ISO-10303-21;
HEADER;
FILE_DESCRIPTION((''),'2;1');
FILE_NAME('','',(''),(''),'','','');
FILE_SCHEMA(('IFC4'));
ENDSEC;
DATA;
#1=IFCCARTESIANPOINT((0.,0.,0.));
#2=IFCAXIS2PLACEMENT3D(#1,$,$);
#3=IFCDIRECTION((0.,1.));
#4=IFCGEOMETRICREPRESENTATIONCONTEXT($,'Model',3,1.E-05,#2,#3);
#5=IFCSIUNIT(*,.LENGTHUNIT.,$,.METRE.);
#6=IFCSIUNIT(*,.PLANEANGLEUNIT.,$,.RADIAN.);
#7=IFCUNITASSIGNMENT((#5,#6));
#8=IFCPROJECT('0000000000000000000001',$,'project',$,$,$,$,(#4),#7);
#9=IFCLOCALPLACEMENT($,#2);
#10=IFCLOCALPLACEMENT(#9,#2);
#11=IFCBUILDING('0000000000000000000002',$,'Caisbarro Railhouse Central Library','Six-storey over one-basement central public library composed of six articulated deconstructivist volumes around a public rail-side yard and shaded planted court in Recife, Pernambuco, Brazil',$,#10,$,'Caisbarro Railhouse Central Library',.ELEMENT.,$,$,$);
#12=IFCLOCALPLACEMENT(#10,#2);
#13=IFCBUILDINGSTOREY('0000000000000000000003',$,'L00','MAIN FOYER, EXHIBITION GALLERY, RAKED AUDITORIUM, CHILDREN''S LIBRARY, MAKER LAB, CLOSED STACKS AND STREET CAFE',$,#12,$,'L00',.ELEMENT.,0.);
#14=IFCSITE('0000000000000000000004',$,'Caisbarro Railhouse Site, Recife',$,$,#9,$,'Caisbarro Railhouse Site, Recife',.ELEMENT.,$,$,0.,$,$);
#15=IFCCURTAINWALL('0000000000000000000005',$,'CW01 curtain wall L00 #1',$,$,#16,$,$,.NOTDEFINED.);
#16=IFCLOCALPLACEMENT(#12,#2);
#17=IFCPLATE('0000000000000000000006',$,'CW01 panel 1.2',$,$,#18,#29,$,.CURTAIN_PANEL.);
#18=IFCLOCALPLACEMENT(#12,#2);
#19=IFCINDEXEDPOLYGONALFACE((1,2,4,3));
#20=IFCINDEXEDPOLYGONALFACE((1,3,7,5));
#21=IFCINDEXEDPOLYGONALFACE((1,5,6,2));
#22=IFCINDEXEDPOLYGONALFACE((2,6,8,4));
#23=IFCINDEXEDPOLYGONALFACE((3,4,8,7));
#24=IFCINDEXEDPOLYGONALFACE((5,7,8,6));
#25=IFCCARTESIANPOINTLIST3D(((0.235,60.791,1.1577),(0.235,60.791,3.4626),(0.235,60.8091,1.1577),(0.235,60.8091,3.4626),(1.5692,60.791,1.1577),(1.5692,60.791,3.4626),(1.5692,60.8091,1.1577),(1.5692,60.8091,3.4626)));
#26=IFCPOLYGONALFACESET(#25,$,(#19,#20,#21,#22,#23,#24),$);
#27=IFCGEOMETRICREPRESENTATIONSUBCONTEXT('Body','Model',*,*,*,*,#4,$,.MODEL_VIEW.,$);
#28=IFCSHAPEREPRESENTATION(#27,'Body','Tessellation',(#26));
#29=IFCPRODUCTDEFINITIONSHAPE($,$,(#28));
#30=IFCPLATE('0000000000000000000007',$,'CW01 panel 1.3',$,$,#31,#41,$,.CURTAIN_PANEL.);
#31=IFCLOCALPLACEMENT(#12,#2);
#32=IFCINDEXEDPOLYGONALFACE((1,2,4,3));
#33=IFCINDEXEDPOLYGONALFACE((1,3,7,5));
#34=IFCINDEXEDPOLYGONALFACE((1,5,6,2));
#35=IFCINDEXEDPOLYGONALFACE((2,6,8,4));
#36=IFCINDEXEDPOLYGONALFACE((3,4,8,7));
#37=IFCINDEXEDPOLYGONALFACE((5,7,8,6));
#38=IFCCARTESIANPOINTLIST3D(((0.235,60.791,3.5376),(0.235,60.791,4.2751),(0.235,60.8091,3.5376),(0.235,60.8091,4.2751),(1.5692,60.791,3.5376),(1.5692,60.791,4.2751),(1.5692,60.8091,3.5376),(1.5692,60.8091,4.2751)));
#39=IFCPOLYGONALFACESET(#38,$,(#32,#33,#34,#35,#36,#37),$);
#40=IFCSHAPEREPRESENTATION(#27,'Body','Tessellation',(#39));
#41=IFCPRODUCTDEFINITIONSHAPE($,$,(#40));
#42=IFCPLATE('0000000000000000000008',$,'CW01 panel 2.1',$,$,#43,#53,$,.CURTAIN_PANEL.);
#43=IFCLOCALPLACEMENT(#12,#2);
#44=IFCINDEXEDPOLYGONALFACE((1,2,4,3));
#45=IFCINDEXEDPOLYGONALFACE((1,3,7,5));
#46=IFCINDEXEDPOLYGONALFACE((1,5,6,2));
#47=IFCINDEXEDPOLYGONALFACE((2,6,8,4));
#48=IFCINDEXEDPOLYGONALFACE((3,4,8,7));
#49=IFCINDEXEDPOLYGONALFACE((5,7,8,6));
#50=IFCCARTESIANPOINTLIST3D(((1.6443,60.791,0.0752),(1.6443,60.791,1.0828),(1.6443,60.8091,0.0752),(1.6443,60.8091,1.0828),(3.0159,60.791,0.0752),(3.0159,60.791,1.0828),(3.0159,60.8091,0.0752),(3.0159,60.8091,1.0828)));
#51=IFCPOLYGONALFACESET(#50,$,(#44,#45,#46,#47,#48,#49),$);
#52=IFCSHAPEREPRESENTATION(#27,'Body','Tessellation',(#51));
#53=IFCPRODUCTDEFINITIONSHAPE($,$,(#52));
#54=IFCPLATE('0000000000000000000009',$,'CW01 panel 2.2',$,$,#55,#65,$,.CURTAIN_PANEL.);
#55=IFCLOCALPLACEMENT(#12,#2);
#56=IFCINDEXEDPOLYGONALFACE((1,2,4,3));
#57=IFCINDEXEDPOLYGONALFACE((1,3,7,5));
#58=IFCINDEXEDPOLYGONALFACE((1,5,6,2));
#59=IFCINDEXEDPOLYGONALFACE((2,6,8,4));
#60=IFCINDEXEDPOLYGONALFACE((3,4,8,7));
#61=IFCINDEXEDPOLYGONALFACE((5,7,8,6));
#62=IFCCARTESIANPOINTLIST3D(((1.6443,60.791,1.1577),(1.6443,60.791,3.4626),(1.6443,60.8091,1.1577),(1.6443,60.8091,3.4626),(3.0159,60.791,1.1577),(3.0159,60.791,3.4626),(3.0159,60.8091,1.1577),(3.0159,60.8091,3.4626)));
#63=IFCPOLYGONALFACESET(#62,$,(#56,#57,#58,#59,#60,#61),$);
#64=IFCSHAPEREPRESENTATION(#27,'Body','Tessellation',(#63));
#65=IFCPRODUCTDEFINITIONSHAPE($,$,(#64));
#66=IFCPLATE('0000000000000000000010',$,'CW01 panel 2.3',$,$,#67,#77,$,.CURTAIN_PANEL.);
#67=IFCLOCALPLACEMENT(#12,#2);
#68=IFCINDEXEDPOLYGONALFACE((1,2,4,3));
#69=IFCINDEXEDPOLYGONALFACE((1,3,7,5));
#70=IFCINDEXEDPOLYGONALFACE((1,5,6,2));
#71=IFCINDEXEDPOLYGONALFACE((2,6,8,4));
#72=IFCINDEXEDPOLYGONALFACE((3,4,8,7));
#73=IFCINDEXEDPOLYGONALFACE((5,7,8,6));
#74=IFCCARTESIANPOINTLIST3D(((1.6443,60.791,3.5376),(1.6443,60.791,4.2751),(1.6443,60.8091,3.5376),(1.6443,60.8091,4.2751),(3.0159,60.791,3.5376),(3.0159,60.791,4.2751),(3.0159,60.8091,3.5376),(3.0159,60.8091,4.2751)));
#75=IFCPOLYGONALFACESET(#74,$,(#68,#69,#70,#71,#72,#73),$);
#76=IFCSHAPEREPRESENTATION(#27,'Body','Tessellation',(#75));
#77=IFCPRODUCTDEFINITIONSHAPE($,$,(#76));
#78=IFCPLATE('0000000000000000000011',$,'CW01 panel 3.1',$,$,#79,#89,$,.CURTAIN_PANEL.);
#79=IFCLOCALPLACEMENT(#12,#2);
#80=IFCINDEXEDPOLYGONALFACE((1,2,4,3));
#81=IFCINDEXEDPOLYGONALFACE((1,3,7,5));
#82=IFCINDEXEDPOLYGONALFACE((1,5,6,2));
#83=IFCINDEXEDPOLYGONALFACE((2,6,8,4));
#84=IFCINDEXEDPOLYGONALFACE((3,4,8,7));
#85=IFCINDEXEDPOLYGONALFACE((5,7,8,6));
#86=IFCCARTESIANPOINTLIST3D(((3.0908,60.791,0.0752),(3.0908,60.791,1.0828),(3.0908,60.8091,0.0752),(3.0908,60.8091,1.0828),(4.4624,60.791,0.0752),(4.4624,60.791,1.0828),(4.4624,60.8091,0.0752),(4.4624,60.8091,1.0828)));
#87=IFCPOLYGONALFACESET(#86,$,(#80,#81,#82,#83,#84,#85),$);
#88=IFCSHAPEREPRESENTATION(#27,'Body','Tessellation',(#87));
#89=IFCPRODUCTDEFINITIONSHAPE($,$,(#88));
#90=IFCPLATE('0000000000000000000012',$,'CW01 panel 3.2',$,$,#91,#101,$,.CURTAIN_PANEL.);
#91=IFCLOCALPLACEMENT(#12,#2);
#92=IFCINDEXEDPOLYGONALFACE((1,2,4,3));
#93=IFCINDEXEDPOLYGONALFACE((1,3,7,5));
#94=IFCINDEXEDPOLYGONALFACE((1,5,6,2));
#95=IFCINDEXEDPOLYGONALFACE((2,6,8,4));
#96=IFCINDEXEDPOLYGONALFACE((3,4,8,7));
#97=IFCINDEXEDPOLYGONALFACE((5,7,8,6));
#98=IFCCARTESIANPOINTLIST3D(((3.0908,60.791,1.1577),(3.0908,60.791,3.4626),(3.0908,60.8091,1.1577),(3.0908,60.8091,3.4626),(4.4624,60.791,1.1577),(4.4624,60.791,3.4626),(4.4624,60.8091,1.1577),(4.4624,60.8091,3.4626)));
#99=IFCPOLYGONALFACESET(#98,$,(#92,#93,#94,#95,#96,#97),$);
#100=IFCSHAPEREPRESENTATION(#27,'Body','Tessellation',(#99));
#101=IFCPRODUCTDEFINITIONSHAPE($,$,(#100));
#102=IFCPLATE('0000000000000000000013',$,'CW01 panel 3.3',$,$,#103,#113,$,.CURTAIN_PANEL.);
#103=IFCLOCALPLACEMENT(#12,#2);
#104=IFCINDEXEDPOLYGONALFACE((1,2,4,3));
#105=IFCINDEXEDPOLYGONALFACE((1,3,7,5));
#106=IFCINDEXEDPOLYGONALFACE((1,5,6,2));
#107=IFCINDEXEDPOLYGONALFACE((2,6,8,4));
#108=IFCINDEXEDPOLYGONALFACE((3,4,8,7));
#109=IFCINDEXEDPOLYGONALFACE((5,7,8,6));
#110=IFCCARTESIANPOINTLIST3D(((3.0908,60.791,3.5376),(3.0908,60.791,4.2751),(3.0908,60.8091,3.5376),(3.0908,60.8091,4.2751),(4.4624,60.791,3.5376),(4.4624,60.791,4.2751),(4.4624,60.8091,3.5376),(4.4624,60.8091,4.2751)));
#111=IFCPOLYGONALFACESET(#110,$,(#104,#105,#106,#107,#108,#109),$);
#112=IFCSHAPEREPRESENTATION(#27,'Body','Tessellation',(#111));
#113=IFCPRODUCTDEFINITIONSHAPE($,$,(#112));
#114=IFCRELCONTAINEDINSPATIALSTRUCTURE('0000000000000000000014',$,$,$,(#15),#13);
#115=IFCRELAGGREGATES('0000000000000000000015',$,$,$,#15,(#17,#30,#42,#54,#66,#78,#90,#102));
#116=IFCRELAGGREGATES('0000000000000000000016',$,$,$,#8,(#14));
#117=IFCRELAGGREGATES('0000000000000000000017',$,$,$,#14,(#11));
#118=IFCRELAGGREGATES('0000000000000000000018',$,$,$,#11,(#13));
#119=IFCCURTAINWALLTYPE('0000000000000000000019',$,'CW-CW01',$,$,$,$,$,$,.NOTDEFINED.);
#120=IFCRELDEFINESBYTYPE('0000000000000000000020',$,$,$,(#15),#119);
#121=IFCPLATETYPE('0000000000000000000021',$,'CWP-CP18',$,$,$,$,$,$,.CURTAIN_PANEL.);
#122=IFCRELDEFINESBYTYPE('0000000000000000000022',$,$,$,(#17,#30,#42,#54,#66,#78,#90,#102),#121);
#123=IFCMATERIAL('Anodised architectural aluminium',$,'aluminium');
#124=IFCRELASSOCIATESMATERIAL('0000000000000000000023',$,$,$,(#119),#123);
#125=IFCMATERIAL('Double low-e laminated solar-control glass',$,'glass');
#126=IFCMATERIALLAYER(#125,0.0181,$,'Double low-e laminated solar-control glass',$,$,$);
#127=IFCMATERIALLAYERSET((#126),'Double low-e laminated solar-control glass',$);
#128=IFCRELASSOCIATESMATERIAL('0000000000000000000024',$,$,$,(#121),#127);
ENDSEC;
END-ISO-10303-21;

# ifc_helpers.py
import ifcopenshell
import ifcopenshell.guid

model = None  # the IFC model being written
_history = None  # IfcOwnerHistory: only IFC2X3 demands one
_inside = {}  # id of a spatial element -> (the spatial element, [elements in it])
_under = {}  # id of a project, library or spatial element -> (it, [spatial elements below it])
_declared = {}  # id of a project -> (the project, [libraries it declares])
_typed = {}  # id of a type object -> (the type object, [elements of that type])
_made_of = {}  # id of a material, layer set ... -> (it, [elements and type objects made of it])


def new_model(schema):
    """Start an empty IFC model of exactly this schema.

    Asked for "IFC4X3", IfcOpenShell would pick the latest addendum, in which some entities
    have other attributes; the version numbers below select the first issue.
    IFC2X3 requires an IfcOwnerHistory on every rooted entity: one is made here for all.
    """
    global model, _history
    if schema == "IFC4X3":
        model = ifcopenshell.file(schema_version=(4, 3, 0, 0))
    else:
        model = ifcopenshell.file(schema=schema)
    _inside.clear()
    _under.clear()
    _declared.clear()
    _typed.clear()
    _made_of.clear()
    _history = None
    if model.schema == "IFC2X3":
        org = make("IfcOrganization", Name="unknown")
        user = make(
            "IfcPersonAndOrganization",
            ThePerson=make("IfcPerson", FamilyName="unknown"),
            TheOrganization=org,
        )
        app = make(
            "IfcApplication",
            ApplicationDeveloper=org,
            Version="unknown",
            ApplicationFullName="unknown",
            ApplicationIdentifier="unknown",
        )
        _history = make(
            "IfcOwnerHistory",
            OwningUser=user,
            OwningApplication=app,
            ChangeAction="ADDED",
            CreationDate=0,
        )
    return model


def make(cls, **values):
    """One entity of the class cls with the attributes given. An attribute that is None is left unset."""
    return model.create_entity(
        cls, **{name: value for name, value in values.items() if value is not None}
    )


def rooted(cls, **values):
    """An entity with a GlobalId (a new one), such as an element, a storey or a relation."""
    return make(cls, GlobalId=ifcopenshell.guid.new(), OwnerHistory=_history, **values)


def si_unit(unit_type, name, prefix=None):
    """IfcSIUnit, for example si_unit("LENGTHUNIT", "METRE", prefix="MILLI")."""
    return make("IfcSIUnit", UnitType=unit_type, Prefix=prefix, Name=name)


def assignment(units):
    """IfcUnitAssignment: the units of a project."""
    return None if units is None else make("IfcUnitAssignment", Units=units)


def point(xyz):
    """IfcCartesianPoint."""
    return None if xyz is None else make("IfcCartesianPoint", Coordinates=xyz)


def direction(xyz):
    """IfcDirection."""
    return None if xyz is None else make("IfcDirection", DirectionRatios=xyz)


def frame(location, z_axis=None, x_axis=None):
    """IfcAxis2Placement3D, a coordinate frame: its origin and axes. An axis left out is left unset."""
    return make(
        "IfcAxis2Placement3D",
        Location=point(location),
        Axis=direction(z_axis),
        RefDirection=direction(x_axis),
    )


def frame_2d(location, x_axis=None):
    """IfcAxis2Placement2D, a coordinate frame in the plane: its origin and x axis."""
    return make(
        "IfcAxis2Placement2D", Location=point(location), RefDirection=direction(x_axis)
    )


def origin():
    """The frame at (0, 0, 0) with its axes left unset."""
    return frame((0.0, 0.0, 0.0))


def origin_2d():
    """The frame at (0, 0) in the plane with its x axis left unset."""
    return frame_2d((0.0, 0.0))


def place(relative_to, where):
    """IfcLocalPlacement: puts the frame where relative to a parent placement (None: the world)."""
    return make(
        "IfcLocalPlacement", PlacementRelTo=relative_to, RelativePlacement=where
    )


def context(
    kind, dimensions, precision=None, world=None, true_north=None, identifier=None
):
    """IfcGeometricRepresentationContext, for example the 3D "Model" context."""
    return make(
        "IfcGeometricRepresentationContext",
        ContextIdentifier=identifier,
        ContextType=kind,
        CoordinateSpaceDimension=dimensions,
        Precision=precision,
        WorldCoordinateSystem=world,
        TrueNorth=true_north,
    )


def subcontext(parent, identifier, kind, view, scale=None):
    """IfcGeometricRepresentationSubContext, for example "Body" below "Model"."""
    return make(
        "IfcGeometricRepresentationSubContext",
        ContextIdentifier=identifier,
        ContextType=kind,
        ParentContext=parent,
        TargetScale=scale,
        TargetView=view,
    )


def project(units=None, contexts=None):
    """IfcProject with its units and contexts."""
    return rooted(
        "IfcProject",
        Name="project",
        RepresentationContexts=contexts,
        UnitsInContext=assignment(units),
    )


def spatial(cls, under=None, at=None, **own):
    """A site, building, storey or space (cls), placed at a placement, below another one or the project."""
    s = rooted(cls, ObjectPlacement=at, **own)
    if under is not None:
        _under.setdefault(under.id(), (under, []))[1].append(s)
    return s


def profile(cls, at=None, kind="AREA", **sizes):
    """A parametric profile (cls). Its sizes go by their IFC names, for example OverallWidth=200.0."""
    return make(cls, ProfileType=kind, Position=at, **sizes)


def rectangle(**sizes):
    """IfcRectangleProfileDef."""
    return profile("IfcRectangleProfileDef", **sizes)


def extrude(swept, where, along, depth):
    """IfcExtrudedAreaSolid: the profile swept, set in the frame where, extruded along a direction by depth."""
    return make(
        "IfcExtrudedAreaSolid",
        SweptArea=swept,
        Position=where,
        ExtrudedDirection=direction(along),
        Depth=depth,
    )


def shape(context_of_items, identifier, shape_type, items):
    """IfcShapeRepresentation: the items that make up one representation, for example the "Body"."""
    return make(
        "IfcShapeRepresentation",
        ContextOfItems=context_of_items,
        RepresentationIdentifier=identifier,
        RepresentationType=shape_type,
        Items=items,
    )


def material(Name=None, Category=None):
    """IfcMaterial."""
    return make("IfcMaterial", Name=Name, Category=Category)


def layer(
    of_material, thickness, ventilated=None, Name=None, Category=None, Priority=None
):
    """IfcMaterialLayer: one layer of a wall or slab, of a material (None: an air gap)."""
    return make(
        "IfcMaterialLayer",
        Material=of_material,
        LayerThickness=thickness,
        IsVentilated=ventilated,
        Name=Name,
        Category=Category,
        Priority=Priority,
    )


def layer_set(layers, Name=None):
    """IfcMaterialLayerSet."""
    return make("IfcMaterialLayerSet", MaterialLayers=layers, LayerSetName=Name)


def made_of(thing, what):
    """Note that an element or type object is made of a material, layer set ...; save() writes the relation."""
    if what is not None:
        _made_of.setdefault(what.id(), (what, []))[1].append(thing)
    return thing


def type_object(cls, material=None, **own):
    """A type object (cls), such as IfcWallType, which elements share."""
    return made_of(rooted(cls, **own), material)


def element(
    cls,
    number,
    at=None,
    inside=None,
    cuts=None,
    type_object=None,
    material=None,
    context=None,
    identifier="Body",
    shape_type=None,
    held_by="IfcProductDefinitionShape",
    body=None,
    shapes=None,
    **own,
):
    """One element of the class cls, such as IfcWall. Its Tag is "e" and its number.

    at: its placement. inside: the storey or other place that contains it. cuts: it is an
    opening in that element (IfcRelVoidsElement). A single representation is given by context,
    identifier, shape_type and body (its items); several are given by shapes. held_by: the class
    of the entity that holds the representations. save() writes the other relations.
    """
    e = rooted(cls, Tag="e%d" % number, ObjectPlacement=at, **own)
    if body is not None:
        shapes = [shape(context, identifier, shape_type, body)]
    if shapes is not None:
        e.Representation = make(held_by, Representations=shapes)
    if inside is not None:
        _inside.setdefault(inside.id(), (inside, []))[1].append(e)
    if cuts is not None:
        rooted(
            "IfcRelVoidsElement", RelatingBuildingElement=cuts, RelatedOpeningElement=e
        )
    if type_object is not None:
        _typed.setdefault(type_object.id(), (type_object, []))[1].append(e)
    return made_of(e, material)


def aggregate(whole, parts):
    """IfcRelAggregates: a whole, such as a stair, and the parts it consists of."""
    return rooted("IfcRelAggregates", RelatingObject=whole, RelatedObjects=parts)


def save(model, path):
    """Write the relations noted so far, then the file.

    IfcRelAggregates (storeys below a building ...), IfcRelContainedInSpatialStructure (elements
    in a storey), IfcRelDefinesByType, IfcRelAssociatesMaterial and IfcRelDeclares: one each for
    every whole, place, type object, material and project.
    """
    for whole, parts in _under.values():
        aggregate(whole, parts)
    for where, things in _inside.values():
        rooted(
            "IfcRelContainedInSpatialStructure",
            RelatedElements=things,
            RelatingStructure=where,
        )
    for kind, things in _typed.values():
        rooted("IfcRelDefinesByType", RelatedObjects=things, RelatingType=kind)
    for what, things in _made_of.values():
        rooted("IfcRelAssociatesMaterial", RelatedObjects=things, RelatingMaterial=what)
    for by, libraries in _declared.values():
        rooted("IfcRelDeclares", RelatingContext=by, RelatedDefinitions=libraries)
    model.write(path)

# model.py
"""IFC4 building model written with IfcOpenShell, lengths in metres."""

from ifc_helpers import new_model, si_unit, direction, frame, origin, origin_2d, place, context, subcontext, project, spatial, rectangle, extrude, material, layer, layer_set, type_object, element, aggregate, save


model = new_model("IFC4")

# Units and contexts
model_context = context("Model", 3, precision=1e-05, world=origin(), true_north=direction((0.0, 1.0)))
body_context = subcontext(model_context, "Body", "Model", "MODEL_VIEW")
ifc_project = project(units=[si_unit("LENGTHUNIT", "METRE"), si_unit("PLANEANGLEUNIT", "RADIAN")], contexts=[model_context])

# Site, building, storey
site_placement = place(None, origin())
site = spatial("IfcSite", under=ifc_project, at=site_placement, Name="Caisbarro Railhouse Site, Recife", LongName="Caisbarro Railhouse Site, Recife", CompositionType="ELEMENT", RefElevation=0.0)
building_placement = place(site_placement, origin())
building = spatial("IfcBuilding", under=site, at=building_placement, Name="Caisbarro Railhouse Central Library", Description="Six-storey over one-basement central public library composed of six articulated deconstructivist volumes around a public rail-side yard and shaded planted court in Recife, Pernambuco, Brazil", LongName="Caisbarro Railhouse Central Library", CompositionType="ELEMENT")
storey_placement = place(building_placement, origin())
storey = spatial("IfcBuildingStorey", under=building, at=storey_placement, Name="L00", Description="MAIN FOYER, EXHIBITION GALLERY, RAKED AUDITORIUM, CHILDREN'S LIBRARY, MAKER LAB, CLOSED STACKS AND STREET CAFE", LongName="L00", CompositionType="ELEMENT", Elevation=0.0)

# Curtain wall, plates
ifc_material_1 = material(Name="Anodised architectural aluminium", Category="aluminium")
curtain_wall_type = type_object("IfcCurtainWallType", Name="CW-CW01", PredefinedType="NOTDEFINED", material=ifc_material_1)
curtain_wall_placement = place(storey_placement, origin())
curtain_wall = element("IfcCurtainWall", 1, at=curtain_wall_placement, inside=storey, type_object=curtain_wall_type, Name="CW01 curtain wall L00 #1", PredefinedType="NOTDEFINED")
ifc_material_2 = material(Name="Double low-e laminated solar-control glass", Category="glass")
ifc_layer = layer(ifc_material_2, 0.0181, Name="Double low-e laminated solar-control glass")
ifc_layer_set = layer_set([ifc_layer], Name="Double low-e laminated solar-control glass")
plate_type = type_object("IfcPlateType", Name="CWP-CP18", PredefinedType="CURTAIN_PANEL", material=ifc_layer_set)
plate_1_placement = place(storey_placement, frame((0.9021, 60.8, 1.1577), z_axis=(0.0, 0.0, 1.0), x_axis=(1.0, 0.0, 0.0)))
plate_1 = element("IfcPlate", 2, at=plate_1_placement, type_object=plate_type, Name="CW01 panel 1.2", PredefinedType="CURTAIN_PANEL", context=body_context, shape_type="SweptSolid", body=[
    extrude(rectangle(XDim=1.3342, YDim=0.0181, at=origin_2d()), origin(), (0.0, 0.0, 1.0), 2.3049),
])
plate_2_placement = place(storey_placement, frame((0.9021, 60.8, 3.5376), z_axis=(0.0, 0.0, 1.0), x_axis=(1.0, 0.0, 0.0)))
plate_2 = element("IfcPlate", 3, at=plate_2_placement, type_object=plate_type, Name="CW01 panel 1.3", PredefinedType="CURTAIN_PANEL", context=body_context, shape_type="SweptSolid", body=[
    extrude(rectangle(XDim=1.3342, YDim=0.0181, at=origin_2d()), origin(), (0.0, 0.0, 1.0), 0.7375),
])
plate_3_placement = place(storey_placement, frame((2.3301, 60.8, 0.0752), z_axis=(0.0, 0.0, 1.0), x_axis=(1.0, 0.0, 0.0)))
plate_3 = element("IfcPlate", 4, at=plate_3_placement, type_object=plate_type, Name="CW01 panel 2.1", PredefinedType="CURTAIN_PANEL", context=body_context, shape_type="SweptSolid", body=[
    extrude(rectangle(XDim=1.3716, YDim=0.0181, at=origin_2d()), origin(), (0.0, 0.0, 1.0), 1.0076),
])
plate_4_placement = place(storey_placement, frame((2.3301, 60.8, 1.1577), z_axis=(0.0, 0.0, 1.0), x_axis=(1.0, 0.0, 0.0)))
plate_4 = element("IfcPlate", 5, at=plate_4_placement, type_object=plate_type, Name="CW01 panel 2.2", PredefinedType="CURTAIN_PANEL", context=body_context, shape_type="SweptSolid", body=[
    extrude(rectangle(XDim=1.3716, YDim=0.0181, at=origin_2d()), origin(), (0.0, 0.0, 1.0), 2.3049),
])
plate_5_placement = place(storey_placement, frame((2.3301, 60.8, 3.5376), z_axis=(0.0, 0.0, 1.0), x_axis=(1.0, 0.0, 0.0)))
plate_5 = element("IfcPlate", 6, at=plate_5_placement, type_object=plate_type, Name="CW01 panel 2.3", PredefinedType="CURTAIN_PANEL", context=body_context, shape_type="SweptSolid", body=[
    extrude(rectangle(XDim=1.3716, YDim=0.0181, at=origin_2d()), origin(), (0.0, 0.0, 1.0), 0.7375),
])
plate_6_placement = place(storey_placement, frame((3.7766, 60.8, 0.0752), z_axis=(0.0, 0.0, 1.0), x_axis=(1.0, 0.0, 0.0)))
plate_6 = element("IfcPlate", 7, at=plate_6_placement, type_object=plate_type, Name="CW01 panel 3.1", PredefinedType="CURTAIN_PANEL", context=body_context, shape_type="SweptSolid", body=[
    extrude(rectangle(XDim=1.3716, YDim=0.0181, at=origin_2d()), origin(), (0.0, 0.0, 1.0), 1.0076),
])
plate_7_placement = place(storey_placement, frame((3.7766, 60.8, 1.1577), z_axis=(0.0, 0.0, 1.0), x_axis=(1.0, 0.0, 0.0)))
plate_7 = element("IfcPlate", 8, at=plate_7_placement, type_object=plate_type, Name="CW01 panel 3.2", PredefinedType="CURTAIN_PANEL", context=body_context, shape_type="SweptSolid", body=[
    extrude(rectangle(XDim=1.3716, YDim=0.0181, at=origin_2d()), origin(), (0.0, 0.0, 1.0), 2.3049),
])
plate_8_placement = place(storey_placement, frame((3.7766, 60.8, 3.5376), z_axis=(0.0, 0.0, 1.0), x_axis=(1.0, 0.0, 0.0)))
plate_8 = element("IfcPlate", 9, at=plate_8_placement, type_object=plate_type, Name="CW01 panel 3.3", PredefinedType="CURTAIN_PANEL", context=body_context, shape_type="SweptSolid", body=[
    extrude(rectangle(XDim=1.3716, YDim=0.0181, at=origin_2d()), origin(), (0.0, 0.0, 1.0), 0.7375),
])
aggregate(curtain_wall, [plate_1, plate_2, plate_3, plate_4, plate_5, plate_6, plate_7, plate_8])

save(model, "model.ifc")
